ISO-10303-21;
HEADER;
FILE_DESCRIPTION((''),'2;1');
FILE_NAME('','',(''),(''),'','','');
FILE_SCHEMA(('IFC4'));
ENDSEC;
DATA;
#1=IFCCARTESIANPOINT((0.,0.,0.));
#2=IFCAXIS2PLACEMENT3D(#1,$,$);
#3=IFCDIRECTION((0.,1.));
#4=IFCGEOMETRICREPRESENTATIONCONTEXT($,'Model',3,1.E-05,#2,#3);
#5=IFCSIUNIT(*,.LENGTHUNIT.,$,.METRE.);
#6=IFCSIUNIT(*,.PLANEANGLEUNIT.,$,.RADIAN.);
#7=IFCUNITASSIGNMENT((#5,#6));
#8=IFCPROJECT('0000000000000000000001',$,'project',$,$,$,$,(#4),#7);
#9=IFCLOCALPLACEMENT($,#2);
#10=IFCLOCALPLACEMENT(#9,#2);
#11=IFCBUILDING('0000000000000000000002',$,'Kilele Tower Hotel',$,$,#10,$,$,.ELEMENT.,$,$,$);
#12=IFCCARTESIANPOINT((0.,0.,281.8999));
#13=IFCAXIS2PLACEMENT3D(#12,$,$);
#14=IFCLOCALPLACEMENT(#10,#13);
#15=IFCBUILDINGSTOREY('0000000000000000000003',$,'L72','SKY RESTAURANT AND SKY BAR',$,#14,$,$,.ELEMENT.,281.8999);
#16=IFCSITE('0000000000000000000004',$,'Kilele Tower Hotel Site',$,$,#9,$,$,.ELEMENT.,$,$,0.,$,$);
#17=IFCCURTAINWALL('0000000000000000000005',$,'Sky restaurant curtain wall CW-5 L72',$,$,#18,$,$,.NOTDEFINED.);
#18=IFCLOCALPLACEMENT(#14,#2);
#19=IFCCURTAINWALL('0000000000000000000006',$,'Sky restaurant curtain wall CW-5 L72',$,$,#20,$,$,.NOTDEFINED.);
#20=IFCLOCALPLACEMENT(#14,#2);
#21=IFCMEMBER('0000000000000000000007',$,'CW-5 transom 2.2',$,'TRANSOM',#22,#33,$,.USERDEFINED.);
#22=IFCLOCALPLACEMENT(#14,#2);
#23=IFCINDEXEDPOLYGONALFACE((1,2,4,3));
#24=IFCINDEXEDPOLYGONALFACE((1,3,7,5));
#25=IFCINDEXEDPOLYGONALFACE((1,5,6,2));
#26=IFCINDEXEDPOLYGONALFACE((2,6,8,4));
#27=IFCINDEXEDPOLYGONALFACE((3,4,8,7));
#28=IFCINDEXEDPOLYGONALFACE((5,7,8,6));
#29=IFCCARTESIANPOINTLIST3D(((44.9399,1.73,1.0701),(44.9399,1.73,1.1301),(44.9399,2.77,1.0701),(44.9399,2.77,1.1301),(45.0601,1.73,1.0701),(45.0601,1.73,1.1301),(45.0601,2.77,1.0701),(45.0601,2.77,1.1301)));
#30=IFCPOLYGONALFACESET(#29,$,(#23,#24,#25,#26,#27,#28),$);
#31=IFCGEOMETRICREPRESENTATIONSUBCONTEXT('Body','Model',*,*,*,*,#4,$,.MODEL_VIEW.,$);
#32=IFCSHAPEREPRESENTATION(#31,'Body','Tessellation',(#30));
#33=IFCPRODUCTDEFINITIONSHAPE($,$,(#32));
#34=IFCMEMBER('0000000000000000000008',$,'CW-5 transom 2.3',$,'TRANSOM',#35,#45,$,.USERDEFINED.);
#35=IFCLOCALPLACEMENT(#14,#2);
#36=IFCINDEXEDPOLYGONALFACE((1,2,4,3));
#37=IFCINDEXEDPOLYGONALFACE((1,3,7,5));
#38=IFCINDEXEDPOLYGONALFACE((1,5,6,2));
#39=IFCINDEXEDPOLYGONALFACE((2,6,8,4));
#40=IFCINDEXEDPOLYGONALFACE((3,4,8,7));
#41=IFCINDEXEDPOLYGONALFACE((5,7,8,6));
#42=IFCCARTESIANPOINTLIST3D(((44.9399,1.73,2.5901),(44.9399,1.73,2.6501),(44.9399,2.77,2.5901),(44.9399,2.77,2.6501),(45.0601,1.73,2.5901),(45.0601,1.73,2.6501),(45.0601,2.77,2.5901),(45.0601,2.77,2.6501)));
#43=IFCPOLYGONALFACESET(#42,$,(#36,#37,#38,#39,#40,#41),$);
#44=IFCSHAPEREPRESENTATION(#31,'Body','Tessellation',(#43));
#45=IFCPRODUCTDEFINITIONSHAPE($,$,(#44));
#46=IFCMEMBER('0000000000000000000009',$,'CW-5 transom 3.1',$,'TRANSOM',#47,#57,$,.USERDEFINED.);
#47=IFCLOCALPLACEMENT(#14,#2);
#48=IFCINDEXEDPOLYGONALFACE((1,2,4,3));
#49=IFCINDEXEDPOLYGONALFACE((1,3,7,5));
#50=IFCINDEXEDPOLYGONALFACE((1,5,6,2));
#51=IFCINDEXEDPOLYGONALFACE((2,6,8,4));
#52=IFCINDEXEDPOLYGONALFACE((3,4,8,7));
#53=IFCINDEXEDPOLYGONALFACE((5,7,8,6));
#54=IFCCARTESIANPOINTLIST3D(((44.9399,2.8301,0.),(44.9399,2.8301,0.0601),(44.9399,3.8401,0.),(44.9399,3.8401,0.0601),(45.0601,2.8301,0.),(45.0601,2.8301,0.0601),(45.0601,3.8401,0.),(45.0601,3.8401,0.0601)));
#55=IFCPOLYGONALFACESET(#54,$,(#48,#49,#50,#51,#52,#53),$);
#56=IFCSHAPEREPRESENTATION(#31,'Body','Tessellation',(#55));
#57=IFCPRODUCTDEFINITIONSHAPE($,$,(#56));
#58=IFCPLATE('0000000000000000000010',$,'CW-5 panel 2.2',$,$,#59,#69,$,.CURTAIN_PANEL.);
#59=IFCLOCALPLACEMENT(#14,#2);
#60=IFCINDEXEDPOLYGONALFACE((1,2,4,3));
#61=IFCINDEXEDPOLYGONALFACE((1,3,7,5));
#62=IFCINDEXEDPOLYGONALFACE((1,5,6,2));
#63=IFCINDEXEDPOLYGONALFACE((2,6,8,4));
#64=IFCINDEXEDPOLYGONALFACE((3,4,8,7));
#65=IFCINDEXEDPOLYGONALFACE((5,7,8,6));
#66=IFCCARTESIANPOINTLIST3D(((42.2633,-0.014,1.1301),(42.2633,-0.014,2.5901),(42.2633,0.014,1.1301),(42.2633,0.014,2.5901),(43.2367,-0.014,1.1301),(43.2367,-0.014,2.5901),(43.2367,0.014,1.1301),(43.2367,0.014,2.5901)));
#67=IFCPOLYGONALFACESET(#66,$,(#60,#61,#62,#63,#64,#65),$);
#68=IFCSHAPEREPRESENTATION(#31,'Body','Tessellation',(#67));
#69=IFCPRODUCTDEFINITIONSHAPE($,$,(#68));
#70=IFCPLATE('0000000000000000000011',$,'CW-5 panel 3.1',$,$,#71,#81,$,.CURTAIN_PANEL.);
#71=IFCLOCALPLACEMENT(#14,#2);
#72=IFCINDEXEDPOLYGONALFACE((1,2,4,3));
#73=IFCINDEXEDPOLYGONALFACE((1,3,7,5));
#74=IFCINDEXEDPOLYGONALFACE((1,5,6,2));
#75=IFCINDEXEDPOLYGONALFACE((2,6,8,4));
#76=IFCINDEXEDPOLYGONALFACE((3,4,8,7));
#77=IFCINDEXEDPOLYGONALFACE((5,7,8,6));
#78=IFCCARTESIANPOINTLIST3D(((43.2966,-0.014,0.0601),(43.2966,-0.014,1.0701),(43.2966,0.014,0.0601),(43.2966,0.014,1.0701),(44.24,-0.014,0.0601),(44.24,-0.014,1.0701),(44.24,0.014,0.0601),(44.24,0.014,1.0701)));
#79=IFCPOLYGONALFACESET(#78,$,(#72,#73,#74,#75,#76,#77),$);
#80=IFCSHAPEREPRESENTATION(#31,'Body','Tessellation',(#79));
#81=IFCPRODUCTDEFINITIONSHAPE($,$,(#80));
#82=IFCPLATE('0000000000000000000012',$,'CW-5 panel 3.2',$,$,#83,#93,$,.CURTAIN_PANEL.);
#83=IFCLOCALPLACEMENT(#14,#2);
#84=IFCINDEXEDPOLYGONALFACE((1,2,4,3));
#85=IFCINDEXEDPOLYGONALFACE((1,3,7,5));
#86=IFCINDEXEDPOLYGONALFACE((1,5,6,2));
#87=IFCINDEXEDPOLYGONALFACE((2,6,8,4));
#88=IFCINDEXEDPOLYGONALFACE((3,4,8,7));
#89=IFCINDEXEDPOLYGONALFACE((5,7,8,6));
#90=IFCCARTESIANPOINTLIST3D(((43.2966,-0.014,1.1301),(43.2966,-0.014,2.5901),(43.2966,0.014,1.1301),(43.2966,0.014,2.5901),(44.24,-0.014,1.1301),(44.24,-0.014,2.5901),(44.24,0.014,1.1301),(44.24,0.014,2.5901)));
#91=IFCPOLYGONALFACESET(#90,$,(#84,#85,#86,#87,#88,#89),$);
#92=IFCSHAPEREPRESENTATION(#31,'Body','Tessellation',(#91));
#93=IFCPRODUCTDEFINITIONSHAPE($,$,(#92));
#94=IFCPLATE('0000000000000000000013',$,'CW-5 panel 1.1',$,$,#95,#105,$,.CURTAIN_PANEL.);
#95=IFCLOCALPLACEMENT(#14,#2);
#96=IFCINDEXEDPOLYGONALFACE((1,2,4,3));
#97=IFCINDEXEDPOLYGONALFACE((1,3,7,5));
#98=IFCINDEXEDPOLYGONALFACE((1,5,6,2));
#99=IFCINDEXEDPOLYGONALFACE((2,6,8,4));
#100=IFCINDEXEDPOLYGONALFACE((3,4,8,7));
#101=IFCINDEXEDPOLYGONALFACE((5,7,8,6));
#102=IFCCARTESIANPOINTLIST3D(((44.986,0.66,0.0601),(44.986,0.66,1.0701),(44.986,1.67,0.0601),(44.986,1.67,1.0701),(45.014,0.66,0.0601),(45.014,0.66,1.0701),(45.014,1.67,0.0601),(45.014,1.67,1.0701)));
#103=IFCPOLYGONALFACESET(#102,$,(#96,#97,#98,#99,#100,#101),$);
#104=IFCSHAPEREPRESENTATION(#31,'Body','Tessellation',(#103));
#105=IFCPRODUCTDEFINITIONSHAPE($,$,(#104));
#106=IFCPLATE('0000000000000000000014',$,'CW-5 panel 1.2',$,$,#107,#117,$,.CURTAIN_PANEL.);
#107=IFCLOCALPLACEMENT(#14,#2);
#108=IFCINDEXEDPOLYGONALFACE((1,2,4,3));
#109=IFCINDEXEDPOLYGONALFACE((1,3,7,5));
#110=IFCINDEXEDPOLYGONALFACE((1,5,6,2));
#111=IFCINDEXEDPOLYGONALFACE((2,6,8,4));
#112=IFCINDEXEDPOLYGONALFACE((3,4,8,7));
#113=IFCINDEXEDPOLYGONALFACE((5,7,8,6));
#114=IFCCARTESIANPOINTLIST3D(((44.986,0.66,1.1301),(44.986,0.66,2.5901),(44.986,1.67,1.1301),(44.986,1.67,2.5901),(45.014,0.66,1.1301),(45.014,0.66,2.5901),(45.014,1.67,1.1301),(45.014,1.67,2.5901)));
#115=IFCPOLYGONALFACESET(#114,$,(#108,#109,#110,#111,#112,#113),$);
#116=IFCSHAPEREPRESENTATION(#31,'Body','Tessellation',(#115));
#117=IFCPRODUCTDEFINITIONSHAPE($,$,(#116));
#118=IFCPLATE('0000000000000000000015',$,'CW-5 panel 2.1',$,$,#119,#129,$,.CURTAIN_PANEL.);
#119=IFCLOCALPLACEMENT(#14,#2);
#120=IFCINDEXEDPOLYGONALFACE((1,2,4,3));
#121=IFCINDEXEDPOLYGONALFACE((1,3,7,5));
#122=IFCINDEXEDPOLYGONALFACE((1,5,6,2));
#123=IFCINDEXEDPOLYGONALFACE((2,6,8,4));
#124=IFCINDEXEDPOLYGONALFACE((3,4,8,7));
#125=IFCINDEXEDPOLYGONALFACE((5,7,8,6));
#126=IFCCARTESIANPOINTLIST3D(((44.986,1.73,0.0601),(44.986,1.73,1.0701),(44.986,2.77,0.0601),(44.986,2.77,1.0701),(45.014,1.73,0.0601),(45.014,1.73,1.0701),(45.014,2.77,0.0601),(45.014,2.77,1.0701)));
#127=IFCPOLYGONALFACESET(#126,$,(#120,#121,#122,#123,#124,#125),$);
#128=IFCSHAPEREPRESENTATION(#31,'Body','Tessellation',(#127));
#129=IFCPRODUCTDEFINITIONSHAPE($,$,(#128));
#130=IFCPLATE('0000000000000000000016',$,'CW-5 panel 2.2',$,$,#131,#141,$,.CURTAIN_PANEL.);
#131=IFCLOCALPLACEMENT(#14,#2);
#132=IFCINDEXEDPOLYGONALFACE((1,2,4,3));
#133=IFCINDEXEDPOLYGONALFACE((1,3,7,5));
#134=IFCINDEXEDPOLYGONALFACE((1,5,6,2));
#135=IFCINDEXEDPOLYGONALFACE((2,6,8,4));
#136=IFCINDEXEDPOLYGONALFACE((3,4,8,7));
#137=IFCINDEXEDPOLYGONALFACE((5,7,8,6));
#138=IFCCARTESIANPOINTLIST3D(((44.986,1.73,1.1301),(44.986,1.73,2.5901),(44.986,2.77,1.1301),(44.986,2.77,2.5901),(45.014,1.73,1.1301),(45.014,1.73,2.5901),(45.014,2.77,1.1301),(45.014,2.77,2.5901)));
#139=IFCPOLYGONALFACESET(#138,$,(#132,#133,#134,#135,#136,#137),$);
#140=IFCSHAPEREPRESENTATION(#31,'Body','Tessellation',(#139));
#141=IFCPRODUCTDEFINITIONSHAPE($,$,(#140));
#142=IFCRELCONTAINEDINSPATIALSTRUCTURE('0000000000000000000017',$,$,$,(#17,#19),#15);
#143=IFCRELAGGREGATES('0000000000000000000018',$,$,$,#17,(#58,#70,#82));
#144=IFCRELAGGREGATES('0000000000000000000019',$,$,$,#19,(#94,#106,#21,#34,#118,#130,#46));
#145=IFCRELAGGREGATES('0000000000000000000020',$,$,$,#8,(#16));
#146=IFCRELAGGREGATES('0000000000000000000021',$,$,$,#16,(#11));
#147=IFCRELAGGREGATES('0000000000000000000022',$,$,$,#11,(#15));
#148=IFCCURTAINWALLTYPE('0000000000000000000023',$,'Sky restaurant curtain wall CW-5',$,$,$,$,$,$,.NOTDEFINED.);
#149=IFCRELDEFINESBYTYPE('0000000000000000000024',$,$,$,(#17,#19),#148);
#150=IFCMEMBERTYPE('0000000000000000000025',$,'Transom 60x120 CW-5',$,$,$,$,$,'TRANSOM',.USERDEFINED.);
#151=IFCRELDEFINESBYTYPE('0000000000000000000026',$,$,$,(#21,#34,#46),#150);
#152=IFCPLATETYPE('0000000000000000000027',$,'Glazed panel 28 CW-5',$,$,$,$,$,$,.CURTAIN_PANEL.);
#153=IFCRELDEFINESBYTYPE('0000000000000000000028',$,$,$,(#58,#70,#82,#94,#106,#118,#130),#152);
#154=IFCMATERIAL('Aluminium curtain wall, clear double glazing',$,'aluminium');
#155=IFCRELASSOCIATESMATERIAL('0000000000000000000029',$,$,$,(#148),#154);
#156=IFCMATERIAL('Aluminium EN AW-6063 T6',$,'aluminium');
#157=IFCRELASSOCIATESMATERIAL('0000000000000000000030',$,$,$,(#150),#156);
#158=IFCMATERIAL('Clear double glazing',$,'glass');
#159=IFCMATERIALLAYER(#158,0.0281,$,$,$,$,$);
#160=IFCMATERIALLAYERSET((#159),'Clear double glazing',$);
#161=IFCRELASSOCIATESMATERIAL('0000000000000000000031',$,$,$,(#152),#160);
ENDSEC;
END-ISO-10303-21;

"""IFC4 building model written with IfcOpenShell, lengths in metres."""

from ifc_helpers import new_model, si_unit, direction, frame, origin, origin_2d, place, context, subcontext, project, spatial, rectangle, extrude, material, layer, layer_set, material_profile, profile_set, type_object, element, aggregate, save


model = new_model("IFC4")

# Units and contexts
model_context = context("Model", 3, precision=1e-05, world=origin(), true_north=direction((0.0, 1.0)))
body_context = subcontext(model_context, "Body", "Model", "MODEL_VIEW")
ifc_project = project(units=[si_unit("LENGTHUNIT", "METRE"), si_unit("PLANEANGLEUNIT", "RADIAN")], contexts=[model_context])

# Site, building, storey
site_placement = place(None, origin())
site = spatial("IfcSite", under=ifc_project, at=site_placement, Name="Kilele Tower Hotel Site", CompositionType="ELEMENT", RefElevation=0.0)
building_placement = place(site_placement, origin())
building = spatial("IfcBuilding", under=site, at=building_placement, Name="Kilele Tower Hotel", CompositionType="ELEMENT")
storey_placement = place(building_placement, frame((0.0, 0.0, 281.8999)))
storey = spatial("IfcBuildingStorey", under=building, at=storey_placement, Name="L72", Description="SKY RESTAURANT AND SKY BAR", CompositionType="ELEMENT", Elevation=281.8999)

# Curtain walls
ifc_material_1 = material(Name="Aluminium curtain wall, clear double glazing", Category="aluminium")
curtain_wall_type = type_object("IfcCurtainWallType", Name="Sky restaurant curtain wall CW-5", PredefinedType="NOTDEFINED", material=ifc_material_1)
curtain_wall_1_placement = place(storey_placement, origin())
curtain_wall_1 = element("IfcCurtainWall", 1, at=curtain_wall_1_placement, inside=storey, type_object=curtain_wall_type, Name="Sky restaurant curtain wall CW-5 L72", PredefinedType="NOTDEFINED")
curtain_wall_2_placement = place(storey_placement, origin())
curtain_wall_2 = element("IfcCurtainWall", 2, at=curtain_wall_2_placement, inside=storey, type_object=curtain_wall_type, Name="Sky restaurant curtain wall CW-5 L72", PredefinedType="NOTDEFINED")

# Members
ifc_material_2 = material(Name="Aluminium EN AW-6063 T6", Category="aluminium")
ifc_material_profile_1 = material_profile(ifc_material_2, rectangle(XDim=0.1201, YDim=0.0601, at=origin_2d()))
ifc_profile_set_1 = profile_set([ifc_material_profile_1], Name="Aluminium EN AW-6063 T6")
member_type_1 = type_object("IfcMemberType", Name="Transom 60x120 CW-5", ElementType="TRANSOM", PredefinedType="USERDEFINED", material=ifc_profile_set_1)
member_1_placement = place(storey_placement, frame((45.0, 1.73, 1.1001), z_axis=(0.0, 1.0, 0.0), x_axis=(-1.0, 0.0, 0.0)))
member_1 = element("IfcMember", 3, at=member_1_placement, type_object=member_type_1, Name="CW-5 transom 2.2", ObjectType="TRANSOM", PredefinedType="USERDEFINED", context=body_context, shape_type="SweptSolid", body=[
    extrude(rectangle(XDim=0.1201, YDim=0.0601, at=origin_2d()), origin(), (0.0, 0.0, 1.0), 1.04),
])
member_2_placement = place(storey_placement, frame((45.0, 1.73, 2.6201), z_axis=(0.0, 1.0, 0.0), x_axis=(-1.0, 0.0, 0.0)))
member_2 = element("IfcMember", 4, at=member_2_placement, type_object=member_type_1, Name="CW-5 transom 2.3", ObjectType="TRANSOM", PredefinedType="USERDEFINED", context=body_context, shape_type="SweptSolid", body=[
    extrude(rectangle(XDim=0.1201, YDim=0.0601, at=origin_2d()), origin(), (0.0, 0.0, 1.0), 1.04),
])
member_3_placement = place(storey_placement, frame((45.0, 2.8301, 0.03), z_axis=(0.0, 1.0, 0.0), x_axis=(-1.0, 0.0, 0.0)))
member_3 = element("IfcMember", 5, at=member_3_placement, type_object=member_type_1, Name="CW-5 transom 3.1", ObjectType="TRANSOM", PredefinedType="USERDEFINED", context=body_context, shape_type="SweptSolid", body=[
    extrude(rectangle(XDim=0.1201, YDim=0.0601, at=origin_2d()), origin(), (0.0, 0.0, 1.0), 1.01),
])

# Plates
ifc_material_3 = material(Name="Clear double glazing", Category="glass")
ifc_layer = layer(ifc_material_3, 0.0281)
ifc_layer_set = layer_set([ifc_layer], Name="Clear double glazing")
plate_type = type_object("IfcPlateType", Name="Glazed panel 28 CW-5", PredefinedType="CURTAIN_PANEL", material=ifc_layer_set)
plate_1_placement = place(storey_placement, frame((42.75, 0.0, 1.1301), z_axis=(0.0, 0.0, 1.0), x_axis=(1.0, 0.0, 0.0)))
plate_1 = element("IfcPlate", 6, at=plate_1_placement, type_object=plate_type, Name="CW-5 panel 2.2", PredefinedType="CURTAIN_PANEL", context=body_context, shape_type="SweptSolid", body=[
    extrude(rectangle(XDim=0.9734, YDim=0.0281, at=origin_2d()), origin(), (0.0, 0.0, 1.0), 1.46),
])
plate_2_placement = place(storey_placement, frame((43.7683, 0.0, 0.0601), z_axis=(0.0, 0.0, 1.0), x_axis=(1.0, 0.0, 0.0)))
plate_2 = element("IfcPlate", 7, at=plate_2_placement, type_object=plate_type, Name="CW-5 panel 3.1", PredefinedType="CURTAIN_PANEL", context=body_context, shape_type="SweptSolid", body=[
    extrude(rectangle(XDim=0.9434, YDim=0.0281, at=origin_2d()), origin(), (0.0, 0.0, 1.0), 1.01),
])
plate_3_placement = place(storey_placement, frame((43.7683, 0.0, 1.1301), z_axis=(0.0, 0.0, 1.0), x_axis=(1.0, 0.0, 0.0)))
plate_3 = element("IfcPlate", 8, at=plate_3_placement, type_object=plate_type, Name="CW-5 panel 3.2", PredefinedType="CURTAIN_PANEL", context=body_context, shape_type="SweptSolid", body=[
    extrude(rectangle(XDim=0.9434, YDim=0.0281, at=origin_2d()), origin(), (0.0, 0.0, 1.0), 1.46),
])
aggregate(curtain_wall_1, [plate_1, plate_2, plate_3])
plate_4_placement = place(storey_placement, frame((45.0, 1.165, 0.0601), z_axis=(0.0, 0.0, 1.0), x_axis=(0.0, 1.0, 0.0)))
plate_4 = element("IfcPlate", 9, at=plate_4_placement, type_object=plate_type, Name="CW-5 panel 1.1", PredefinedType="CURTAIN_PANEL", context=body_context, shape_type="SweptSolid", body=[
    extrude(rectangle(XDim=1.01, YDim=0.0281, at=origin_2d()), origin(), (0.0, 0.0, 1.0), 1.01),
])
plate_5_placement = place(storey_placement, frame((45.0, 1.165, 1.1301), z_axis=(0.0, 0.0, 1.0), x_axis=(0.0, 1.0, 0.0)))
plate_5 = element("IfcPlate", 10, at=plate_5_placement, type_object=plate_type, Name="CW-5 panel 1.2", PredefinedType="CURTAIN_PANEL", context=body_context, shape_type="SweptSolid", body=[
    extrude(rectangle(XDim=1.01, YDim=0.0281, at=origin_2d()), origin(), (0.0, 0.0, 1.0), 1.46),
])
plate_6_placement = place(storey_placement, frame((45.0, 2.25, 0.0601), z_axis=(0.0, 0.0, 1.0), x_axis=(0.0, 1.0, 0.0)))
plate_6 = element("IfcPlate", 11, at=plate_6_placement, type_object=plate_type, Name="CW-5 panel 2.1", PredefinedType="CURTAIN_PANEL", context=body_context, shape_type="SweptSolid", body=[
    extrude(rectangle(XDim=1.04, YDim=0.0281, at=origin_2d()), origin(), (0.0, 0.0, 1.0), 1.01),
])
plate_7_placement = place(storey_placement, frame((45.0, 2.25, 1.1301), z_axis=(0.0, 0.0, 1.0), x_axis=(0.0, 1.0, 0.0)))
plate_7 = element("IfcPlate", 12, at=plate_7_placement, type_object=plate_type, Name="CW-5 panel 2.2", PredefinedType="CURTAIN_PANEL", context=body_context, shape_type="SweptSolid", body=[
    extrude(rectangle(XDim=1.04, YDim=0.0281, at=origin_2d()), origin(), (0.0, 0.0, 1.0), 1.46),
])
aggregate(curtain_wall_2, [plate_4, plate_5, member_1, member_2, plate_6, plate_7, member_3])

save(model, "model.ifc")
